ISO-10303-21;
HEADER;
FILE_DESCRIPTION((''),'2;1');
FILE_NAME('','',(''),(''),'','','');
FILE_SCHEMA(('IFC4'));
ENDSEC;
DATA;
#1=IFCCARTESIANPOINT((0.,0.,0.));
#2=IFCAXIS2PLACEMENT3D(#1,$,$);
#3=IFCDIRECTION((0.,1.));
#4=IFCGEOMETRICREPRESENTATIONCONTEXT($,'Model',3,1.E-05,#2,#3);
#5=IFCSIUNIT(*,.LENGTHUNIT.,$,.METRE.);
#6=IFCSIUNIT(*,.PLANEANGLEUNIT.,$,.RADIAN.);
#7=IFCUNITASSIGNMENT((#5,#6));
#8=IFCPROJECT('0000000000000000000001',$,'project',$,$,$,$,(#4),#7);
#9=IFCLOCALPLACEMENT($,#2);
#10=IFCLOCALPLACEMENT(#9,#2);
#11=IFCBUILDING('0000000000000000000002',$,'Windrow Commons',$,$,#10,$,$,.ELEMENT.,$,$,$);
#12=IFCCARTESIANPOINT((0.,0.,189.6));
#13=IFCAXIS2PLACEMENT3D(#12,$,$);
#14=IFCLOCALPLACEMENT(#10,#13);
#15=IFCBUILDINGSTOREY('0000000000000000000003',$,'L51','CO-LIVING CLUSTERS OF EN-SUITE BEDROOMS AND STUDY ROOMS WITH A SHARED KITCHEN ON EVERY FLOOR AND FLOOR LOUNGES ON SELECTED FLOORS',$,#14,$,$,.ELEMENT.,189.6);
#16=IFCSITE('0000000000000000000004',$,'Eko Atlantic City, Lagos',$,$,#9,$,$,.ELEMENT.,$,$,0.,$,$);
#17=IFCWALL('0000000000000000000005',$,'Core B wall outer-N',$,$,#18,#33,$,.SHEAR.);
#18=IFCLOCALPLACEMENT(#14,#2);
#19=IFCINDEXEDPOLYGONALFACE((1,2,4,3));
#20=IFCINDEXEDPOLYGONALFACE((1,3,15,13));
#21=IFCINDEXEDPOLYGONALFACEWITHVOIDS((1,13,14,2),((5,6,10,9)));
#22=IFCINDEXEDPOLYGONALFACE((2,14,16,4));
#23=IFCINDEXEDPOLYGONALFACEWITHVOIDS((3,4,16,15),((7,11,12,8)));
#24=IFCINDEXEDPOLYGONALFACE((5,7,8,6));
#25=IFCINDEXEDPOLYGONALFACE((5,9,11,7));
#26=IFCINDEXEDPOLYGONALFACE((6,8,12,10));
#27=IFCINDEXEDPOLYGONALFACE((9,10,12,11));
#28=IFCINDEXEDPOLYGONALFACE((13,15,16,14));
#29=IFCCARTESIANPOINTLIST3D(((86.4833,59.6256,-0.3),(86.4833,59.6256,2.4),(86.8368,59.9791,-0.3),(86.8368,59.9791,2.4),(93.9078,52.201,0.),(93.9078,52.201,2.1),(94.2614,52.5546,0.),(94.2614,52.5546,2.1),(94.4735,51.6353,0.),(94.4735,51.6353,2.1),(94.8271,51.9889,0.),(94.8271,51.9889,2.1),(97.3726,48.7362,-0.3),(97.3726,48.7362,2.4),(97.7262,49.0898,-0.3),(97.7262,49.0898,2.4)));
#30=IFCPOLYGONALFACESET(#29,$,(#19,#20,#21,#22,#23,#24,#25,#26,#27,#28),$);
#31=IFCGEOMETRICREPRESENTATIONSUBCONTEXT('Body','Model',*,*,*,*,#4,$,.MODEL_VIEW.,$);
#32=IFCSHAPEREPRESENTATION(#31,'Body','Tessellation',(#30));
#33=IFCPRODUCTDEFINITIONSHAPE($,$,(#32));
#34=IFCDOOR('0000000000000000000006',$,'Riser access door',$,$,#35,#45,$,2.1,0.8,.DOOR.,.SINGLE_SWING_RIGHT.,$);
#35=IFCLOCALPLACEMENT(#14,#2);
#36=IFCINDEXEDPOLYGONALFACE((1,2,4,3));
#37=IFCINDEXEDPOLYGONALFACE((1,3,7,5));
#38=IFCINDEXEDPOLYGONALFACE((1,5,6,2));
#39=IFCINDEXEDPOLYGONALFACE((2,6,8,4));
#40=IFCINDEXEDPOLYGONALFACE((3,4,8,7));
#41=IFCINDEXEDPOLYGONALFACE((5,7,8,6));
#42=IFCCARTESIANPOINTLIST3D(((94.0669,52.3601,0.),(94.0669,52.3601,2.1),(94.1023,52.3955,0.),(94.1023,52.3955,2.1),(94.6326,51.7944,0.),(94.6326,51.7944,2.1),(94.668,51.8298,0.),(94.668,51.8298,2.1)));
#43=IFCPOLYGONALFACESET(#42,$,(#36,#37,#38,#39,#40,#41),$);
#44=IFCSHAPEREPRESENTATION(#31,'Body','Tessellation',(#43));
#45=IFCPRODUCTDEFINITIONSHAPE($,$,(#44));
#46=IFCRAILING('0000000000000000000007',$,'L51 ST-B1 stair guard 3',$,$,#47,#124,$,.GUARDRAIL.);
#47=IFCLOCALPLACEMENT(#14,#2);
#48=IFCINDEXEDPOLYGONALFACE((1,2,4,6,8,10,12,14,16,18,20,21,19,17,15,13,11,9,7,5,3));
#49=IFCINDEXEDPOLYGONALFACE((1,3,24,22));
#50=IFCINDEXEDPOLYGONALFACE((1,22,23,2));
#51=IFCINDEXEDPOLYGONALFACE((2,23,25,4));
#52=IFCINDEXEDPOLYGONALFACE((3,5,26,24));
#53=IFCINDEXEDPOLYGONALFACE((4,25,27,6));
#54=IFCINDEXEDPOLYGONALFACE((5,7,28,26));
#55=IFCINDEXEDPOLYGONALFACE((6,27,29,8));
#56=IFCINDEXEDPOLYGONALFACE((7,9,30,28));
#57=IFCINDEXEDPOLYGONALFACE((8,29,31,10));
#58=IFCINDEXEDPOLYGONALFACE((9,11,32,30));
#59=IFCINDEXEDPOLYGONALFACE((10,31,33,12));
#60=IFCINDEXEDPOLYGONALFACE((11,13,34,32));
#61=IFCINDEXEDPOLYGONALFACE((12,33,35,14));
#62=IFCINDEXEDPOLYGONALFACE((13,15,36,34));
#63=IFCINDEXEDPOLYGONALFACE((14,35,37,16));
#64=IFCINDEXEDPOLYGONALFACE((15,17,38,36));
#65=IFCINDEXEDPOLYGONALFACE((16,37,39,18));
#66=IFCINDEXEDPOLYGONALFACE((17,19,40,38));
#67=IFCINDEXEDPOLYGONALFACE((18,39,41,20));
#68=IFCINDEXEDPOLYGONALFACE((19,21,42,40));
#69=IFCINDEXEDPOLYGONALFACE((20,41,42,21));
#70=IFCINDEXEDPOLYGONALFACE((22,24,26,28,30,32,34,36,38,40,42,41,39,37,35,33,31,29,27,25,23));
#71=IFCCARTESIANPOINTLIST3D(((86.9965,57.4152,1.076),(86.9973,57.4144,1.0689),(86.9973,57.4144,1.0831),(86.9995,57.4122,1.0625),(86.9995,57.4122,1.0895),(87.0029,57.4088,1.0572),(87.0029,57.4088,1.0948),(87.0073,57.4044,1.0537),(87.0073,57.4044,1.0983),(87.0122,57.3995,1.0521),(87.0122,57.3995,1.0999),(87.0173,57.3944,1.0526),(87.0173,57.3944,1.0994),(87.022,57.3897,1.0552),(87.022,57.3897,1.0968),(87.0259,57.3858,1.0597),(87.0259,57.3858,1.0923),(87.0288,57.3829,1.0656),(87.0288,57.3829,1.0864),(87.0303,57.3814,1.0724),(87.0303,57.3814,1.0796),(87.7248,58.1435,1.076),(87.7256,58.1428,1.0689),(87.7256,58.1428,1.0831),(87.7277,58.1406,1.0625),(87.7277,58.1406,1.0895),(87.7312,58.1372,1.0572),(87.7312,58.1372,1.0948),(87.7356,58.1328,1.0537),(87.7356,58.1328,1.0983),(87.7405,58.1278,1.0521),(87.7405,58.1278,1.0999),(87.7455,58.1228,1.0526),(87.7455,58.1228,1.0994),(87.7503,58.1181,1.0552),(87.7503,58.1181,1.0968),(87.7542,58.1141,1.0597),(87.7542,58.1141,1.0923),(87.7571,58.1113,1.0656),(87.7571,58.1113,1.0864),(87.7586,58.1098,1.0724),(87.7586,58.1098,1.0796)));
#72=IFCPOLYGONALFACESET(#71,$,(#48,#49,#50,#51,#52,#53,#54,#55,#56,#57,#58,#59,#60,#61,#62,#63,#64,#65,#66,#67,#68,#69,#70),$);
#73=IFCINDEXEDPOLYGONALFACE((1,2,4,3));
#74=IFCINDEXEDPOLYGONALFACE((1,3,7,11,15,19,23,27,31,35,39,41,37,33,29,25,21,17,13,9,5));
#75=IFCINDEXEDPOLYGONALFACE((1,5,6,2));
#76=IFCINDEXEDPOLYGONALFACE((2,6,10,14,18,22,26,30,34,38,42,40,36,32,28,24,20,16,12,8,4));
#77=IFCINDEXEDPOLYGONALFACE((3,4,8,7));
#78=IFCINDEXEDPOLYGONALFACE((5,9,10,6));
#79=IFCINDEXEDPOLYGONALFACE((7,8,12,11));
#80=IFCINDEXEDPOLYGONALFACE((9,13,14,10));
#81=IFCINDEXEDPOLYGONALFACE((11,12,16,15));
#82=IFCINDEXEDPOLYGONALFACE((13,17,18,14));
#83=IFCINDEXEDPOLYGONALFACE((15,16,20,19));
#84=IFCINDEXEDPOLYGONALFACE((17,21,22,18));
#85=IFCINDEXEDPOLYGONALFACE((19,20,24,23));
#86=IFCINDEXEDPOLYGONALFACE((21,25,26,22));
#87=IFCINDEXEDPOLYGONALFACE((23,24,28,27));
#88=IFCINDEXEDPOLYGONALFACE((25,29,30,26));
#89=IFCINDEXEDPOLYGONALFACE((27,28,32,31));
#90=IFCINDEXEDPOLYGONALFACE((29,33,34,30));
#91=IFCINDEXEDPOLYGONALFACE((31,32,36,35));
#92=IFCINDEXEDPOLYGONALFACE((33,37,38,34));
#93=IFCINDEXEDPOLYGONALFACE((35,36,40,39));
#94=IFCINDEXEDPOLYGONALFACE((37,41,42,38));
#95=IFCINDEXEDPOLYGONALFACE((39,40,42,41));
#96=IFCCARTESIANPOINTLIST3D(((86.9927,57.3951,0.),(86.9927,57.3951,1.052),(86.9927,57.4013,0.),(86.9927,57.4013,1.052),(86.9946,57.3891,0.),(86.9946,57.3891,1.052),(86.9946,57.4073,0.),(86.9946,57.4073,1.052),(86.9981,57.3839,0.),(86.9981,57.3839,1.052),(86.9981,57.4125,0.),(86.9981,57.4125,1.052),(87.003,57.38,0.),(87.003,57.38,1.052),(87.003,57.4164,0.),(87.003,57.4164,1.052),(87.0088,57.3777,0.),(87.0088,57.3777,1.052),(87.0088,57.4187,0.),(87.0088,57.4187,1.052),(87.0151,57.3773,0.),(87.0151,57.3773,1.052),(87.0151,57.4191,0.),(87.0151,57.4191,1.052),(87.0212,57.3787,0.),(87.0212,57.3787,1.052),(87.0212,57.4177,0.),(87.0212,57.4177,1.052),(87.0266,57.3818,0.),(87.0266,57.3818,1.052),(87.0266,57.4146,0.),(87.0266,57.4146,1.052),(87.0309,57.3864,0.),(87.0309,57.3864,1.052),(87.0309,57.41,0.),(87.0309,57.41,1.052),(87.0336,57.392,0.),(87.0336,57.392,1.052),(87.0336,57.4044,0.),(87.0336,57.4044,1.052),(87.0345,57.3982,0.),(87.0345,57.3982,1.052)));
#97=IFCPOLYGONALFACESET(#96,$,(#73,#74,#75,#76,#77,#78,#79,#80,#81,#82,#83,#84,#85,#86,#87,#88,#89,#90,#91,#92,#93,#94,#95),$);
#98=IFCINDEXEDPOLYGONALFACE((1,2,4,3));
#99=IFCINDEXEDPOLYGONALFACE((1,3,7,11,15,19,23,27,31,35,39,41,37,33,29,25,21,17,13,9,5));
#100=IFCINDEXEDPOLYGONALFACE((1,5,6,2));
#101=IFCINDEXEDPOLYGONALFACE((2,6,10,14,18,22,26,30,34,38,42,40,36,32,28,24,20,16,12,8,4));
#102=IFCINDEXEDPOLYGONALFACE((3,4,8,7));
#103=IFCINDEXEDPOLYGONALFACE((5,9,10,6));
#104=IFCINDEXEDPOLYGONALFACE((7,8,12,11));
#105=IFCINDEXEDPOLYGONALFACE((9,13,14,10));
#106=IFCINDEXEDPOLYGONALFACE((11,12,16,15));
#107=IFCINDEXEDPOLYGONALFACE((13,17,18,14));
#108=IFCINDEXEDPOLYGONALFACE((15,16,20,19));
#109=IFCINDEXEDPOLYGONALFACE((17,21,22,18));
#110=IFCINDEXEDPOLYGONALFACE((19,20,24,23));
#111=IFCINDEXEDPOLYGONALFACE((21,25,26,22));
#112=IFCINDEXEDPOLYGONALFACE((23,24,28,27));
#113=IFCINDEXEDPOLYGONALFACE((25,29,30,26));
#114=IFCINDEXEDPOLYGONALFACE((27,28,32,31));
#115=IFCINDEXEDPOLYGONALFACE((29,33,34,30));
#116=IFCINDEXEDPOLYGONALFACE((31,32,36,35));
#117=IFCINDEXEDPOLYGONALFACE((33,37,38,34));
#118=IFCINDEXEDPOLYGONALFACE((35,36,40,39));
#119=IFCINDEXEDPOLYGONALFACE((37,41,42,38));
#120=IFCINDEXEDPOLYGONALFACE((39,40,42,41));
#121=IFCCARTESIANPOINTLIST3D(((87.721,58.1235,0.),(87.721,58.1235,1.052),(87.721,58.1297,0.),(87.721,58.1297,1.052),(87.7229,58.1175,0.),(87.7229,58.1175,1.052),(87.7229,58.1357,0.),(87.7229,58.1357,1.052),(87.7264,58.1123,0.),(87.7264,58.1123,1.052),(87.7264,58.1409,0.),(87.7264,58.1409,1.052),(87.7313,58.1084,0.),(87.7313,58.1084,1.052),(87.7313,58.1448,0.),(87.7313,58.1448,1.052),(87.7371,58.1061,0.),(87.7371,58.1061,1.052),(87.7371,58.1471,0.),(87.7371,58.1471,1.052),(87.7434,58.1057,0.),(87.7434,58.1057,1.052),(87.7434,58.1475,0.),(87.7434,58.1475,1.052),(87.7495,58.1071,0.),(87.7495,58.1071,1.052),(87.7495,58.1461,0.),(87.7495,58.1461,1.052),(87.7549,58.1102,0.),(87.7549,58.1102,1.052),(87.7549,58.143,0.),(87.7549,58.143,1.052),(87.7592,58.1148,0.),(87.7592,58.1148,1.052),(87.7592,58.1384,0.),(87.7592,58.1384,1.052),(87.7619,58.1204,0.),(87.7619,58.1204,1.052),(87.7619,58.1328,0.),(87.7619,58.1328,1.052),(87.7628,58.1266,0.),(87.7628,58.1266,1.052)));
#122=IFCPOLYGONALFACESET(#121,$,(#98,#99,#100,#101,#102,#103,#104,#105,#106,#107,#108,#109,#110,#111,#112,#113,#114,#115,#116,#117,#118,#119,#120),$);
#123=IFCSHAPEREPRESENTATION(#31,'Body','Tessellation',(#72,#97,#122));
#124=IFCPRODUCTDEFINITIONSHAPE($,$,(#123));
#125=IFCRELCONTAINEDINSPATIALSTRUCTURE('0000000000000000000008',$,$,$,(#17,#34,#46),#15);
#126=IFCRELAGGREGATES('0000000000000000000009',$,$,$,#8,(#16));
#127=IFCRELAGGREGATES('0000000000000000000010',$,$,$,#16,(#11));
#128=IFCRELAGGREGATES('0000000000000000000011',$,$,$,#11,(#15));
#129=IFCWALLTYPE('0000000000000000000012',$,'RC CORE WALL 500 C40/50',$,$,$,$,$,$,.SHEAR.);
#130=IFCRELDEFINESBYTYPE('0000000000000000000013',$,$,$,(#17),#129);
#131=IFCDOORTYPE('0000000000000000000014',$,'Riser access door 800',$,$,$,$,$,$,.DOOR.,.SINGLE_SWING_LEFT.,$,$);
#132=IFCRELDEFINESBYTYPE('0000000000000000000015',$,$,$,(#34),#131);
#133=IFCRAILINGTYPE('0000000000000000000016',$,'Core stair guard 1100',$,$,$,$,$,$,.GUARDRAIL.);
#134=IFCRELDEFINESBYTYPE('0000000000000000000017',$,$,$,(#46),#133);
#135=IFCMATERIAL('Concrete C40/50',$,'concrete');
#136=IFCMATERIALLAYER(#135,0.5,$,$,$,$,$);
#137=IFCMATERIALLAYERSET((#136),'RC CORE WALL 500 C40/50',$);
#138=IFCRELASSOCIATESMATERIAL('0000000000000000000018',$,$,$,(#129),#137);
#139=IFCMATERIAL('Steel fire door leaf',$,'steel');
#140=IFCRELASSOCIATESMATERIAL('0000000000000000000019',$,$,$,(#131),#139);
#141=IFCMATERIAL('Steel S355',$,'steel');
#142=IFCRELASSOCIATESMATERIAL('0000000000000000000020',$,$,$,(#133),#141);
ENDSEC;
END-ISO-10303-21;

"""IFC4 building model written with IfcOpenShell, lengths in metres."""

from ifc_helpers import new_model, si_unit, direction, frame, frame_2d, origin, origin_2d, place, context, subcontext, project, spatial, rectangle, circle, extrude, material, layer, layer_set, type_object, element, fill, save


model = new_model("IFC4")

# Units and contexts
model_context = context("Model", 3, precision=1e-05, world=origin(), true_north=direction((0.0, 1.0)))
body_context = subcontext(model_context, "Body", "Model", "MODEL_VIEW")
ifc_project = project(units=[si_unit("LENGTHUNIT", "METRE"), si_unit("PLANEANGLEUNIT", "RADIAN")], contexts=[model_context])

# Site, building, storey
site_placement = place(None, origin())
site = spatial("IfcSite", under=ifc_project, at=site_placement, Name="Eko Atlantic City, Lagos", CompositionType="ELEMENT", RefElevation=0.0)
building_placement = place(site_placement, origin())
building = spatial("IfcBuilding", under=site, at=building_placement, Name="Windrow Commons", CompositionType="ELEMENT")
storey_placement = place(building_placement, frame((0.0, 0.0, 189.6)))
storey = spatial("IfcBuildingStorey", under=building, at=storey_placement, Name="L51", Description="CO-LIVING CLUSTERS OF EN-SUITE BEDROOMS AND STUDY ROOMS WITH A SHARED KITCHEN ON EVERY FLOOR AND FLOOR LOUNGES ON SELECTED FLOORS", CompositionType="ELEMENT", Elevation=189.6)

# Wall, opening, door
ifc_material_1 = material(Name="Concrete C40/50", Category="concrete")
ifc_layer_1 = layer(ifc_material_1, 0.5)
ifc_layer_set_1 = layer_set([ifc_layer_1], Name="RC CORE WALL 500 C40/50")
wall_type_1 = type_object("IfcWallType", Name="RC CORE WALL 500 C40/50", PredefinedType="SHEAR", material=ifc_layer_set_1)
wall_1_placement = place(storey_placement, frame((86.66, 59.8024, -0.3), z_axis=(0.0, 0.0, 1.0), x_axis=(0.707107, -0.707107, 0.0)))
wall_1 = element("IfcWall", 1, at=wall_1_placement, inside=storey, type_object=wall_type_1, Name="Core B wall outer-N", PredefinedType="SHEAR", context=body_context, shape_type="SweptSolid", body=[
    extrude(rectangle(XDim=15.3999, YDim=0.5, at=frame_2d((7.7, 0.0))), origin(), (0.0, 0.0, 1.0), 2.7),
])
opening_1_placement = place(wall_1_placement, frame((10.5, 0.0, 0.3)))
opening_1 = element("IfcOpeningElement", 2, at=opening_1_placement, cuts=wall_1, PredefinedType="OPENING", context=body_context, shape_type="SweptSolid", body=[
    extrude(rectangle(XDim=0.8, YDim=2.1, at=frame_2d((0.4, 1.05))), frame((0.0, 0.26, 0.0), z_axis=(0.0, -1.0, 0.0), x_axis=(1.0, 0.0, 0.0)), (0.0, 0.0, 1.0), 0.52),
])
ifc_material_2 = material(Name="Steel fire door leaf", Category="steel")
door_type_1 = type_object("IfcDoorType", Name="Riser access door 800", OperationType="SINGLE_SWING_LEFT", PredefinedType="DOOR", material=ifc_material_2)
door_1_placement = place(opening_1_placement, origin())
door_1 = element("IfcDoor", 3, at=door_1_placement, inside=storey, type_object=door_type_1, Name="Riser access door", OperationType="SINGLE_SWING_RIGHT", OverallHeight=2.1, OverallWidth=0.8, PredefinedType="DOOR", context=body_context, shape_type="SweptSolid", body=[
    extrude(rectangle(XDim=0.8, YDim=2.1, at=frame_2d((0.4, 1.05))), frame((0.0, 0.025, 0.0), z_axis=(0.0, -1.0, 0.0), x_axis=(1.0, 0.0, 0.0)), (0.0, 0.0, 1.0), 0.05),
])
fill(opening_1, door_1)

# Railing
ifc_material_3 = material(Name="Steel S355", Category="steel")
railing_type = type_object("IfcRailingType", Name="Core stair guard 1100", PredefinedType="GUARDRAIL", material=ifc_material_3)
railing_placement = place(storey_placement, frame((87.0135, 57.3982, 0.0)))
element("IfcRailing", 4, at=railing_placement, inside=storey, type_object=railing_type, Name="L51 ST-B1 stair guard 3", PredefinedType="GUARDRAIL", context=body_context, shape_type="SweptSolid", body=[
    extrude(circle(Radius=0.024, at=origin_2d()), frame((0.0, 0.0, 1.076), z_axis=(0.707058, 0.707155, 0.0), x_axis=(-0.707155, 0.707058, 0.0)), (0.0, 0.0, 1.0), 1.03),
    extrude(circle(Radius=0.021, at=origin_2d()), origin(), (0.0, 0.0, 1.0), 1.052),
    extrude(circle(Radius=0.021, at=origin_2d()), frame((0.7283, 0.7284, 0.0)), (0.0, 0.0, 1.0), 1.052),
])

save(model, "model.ifc")
